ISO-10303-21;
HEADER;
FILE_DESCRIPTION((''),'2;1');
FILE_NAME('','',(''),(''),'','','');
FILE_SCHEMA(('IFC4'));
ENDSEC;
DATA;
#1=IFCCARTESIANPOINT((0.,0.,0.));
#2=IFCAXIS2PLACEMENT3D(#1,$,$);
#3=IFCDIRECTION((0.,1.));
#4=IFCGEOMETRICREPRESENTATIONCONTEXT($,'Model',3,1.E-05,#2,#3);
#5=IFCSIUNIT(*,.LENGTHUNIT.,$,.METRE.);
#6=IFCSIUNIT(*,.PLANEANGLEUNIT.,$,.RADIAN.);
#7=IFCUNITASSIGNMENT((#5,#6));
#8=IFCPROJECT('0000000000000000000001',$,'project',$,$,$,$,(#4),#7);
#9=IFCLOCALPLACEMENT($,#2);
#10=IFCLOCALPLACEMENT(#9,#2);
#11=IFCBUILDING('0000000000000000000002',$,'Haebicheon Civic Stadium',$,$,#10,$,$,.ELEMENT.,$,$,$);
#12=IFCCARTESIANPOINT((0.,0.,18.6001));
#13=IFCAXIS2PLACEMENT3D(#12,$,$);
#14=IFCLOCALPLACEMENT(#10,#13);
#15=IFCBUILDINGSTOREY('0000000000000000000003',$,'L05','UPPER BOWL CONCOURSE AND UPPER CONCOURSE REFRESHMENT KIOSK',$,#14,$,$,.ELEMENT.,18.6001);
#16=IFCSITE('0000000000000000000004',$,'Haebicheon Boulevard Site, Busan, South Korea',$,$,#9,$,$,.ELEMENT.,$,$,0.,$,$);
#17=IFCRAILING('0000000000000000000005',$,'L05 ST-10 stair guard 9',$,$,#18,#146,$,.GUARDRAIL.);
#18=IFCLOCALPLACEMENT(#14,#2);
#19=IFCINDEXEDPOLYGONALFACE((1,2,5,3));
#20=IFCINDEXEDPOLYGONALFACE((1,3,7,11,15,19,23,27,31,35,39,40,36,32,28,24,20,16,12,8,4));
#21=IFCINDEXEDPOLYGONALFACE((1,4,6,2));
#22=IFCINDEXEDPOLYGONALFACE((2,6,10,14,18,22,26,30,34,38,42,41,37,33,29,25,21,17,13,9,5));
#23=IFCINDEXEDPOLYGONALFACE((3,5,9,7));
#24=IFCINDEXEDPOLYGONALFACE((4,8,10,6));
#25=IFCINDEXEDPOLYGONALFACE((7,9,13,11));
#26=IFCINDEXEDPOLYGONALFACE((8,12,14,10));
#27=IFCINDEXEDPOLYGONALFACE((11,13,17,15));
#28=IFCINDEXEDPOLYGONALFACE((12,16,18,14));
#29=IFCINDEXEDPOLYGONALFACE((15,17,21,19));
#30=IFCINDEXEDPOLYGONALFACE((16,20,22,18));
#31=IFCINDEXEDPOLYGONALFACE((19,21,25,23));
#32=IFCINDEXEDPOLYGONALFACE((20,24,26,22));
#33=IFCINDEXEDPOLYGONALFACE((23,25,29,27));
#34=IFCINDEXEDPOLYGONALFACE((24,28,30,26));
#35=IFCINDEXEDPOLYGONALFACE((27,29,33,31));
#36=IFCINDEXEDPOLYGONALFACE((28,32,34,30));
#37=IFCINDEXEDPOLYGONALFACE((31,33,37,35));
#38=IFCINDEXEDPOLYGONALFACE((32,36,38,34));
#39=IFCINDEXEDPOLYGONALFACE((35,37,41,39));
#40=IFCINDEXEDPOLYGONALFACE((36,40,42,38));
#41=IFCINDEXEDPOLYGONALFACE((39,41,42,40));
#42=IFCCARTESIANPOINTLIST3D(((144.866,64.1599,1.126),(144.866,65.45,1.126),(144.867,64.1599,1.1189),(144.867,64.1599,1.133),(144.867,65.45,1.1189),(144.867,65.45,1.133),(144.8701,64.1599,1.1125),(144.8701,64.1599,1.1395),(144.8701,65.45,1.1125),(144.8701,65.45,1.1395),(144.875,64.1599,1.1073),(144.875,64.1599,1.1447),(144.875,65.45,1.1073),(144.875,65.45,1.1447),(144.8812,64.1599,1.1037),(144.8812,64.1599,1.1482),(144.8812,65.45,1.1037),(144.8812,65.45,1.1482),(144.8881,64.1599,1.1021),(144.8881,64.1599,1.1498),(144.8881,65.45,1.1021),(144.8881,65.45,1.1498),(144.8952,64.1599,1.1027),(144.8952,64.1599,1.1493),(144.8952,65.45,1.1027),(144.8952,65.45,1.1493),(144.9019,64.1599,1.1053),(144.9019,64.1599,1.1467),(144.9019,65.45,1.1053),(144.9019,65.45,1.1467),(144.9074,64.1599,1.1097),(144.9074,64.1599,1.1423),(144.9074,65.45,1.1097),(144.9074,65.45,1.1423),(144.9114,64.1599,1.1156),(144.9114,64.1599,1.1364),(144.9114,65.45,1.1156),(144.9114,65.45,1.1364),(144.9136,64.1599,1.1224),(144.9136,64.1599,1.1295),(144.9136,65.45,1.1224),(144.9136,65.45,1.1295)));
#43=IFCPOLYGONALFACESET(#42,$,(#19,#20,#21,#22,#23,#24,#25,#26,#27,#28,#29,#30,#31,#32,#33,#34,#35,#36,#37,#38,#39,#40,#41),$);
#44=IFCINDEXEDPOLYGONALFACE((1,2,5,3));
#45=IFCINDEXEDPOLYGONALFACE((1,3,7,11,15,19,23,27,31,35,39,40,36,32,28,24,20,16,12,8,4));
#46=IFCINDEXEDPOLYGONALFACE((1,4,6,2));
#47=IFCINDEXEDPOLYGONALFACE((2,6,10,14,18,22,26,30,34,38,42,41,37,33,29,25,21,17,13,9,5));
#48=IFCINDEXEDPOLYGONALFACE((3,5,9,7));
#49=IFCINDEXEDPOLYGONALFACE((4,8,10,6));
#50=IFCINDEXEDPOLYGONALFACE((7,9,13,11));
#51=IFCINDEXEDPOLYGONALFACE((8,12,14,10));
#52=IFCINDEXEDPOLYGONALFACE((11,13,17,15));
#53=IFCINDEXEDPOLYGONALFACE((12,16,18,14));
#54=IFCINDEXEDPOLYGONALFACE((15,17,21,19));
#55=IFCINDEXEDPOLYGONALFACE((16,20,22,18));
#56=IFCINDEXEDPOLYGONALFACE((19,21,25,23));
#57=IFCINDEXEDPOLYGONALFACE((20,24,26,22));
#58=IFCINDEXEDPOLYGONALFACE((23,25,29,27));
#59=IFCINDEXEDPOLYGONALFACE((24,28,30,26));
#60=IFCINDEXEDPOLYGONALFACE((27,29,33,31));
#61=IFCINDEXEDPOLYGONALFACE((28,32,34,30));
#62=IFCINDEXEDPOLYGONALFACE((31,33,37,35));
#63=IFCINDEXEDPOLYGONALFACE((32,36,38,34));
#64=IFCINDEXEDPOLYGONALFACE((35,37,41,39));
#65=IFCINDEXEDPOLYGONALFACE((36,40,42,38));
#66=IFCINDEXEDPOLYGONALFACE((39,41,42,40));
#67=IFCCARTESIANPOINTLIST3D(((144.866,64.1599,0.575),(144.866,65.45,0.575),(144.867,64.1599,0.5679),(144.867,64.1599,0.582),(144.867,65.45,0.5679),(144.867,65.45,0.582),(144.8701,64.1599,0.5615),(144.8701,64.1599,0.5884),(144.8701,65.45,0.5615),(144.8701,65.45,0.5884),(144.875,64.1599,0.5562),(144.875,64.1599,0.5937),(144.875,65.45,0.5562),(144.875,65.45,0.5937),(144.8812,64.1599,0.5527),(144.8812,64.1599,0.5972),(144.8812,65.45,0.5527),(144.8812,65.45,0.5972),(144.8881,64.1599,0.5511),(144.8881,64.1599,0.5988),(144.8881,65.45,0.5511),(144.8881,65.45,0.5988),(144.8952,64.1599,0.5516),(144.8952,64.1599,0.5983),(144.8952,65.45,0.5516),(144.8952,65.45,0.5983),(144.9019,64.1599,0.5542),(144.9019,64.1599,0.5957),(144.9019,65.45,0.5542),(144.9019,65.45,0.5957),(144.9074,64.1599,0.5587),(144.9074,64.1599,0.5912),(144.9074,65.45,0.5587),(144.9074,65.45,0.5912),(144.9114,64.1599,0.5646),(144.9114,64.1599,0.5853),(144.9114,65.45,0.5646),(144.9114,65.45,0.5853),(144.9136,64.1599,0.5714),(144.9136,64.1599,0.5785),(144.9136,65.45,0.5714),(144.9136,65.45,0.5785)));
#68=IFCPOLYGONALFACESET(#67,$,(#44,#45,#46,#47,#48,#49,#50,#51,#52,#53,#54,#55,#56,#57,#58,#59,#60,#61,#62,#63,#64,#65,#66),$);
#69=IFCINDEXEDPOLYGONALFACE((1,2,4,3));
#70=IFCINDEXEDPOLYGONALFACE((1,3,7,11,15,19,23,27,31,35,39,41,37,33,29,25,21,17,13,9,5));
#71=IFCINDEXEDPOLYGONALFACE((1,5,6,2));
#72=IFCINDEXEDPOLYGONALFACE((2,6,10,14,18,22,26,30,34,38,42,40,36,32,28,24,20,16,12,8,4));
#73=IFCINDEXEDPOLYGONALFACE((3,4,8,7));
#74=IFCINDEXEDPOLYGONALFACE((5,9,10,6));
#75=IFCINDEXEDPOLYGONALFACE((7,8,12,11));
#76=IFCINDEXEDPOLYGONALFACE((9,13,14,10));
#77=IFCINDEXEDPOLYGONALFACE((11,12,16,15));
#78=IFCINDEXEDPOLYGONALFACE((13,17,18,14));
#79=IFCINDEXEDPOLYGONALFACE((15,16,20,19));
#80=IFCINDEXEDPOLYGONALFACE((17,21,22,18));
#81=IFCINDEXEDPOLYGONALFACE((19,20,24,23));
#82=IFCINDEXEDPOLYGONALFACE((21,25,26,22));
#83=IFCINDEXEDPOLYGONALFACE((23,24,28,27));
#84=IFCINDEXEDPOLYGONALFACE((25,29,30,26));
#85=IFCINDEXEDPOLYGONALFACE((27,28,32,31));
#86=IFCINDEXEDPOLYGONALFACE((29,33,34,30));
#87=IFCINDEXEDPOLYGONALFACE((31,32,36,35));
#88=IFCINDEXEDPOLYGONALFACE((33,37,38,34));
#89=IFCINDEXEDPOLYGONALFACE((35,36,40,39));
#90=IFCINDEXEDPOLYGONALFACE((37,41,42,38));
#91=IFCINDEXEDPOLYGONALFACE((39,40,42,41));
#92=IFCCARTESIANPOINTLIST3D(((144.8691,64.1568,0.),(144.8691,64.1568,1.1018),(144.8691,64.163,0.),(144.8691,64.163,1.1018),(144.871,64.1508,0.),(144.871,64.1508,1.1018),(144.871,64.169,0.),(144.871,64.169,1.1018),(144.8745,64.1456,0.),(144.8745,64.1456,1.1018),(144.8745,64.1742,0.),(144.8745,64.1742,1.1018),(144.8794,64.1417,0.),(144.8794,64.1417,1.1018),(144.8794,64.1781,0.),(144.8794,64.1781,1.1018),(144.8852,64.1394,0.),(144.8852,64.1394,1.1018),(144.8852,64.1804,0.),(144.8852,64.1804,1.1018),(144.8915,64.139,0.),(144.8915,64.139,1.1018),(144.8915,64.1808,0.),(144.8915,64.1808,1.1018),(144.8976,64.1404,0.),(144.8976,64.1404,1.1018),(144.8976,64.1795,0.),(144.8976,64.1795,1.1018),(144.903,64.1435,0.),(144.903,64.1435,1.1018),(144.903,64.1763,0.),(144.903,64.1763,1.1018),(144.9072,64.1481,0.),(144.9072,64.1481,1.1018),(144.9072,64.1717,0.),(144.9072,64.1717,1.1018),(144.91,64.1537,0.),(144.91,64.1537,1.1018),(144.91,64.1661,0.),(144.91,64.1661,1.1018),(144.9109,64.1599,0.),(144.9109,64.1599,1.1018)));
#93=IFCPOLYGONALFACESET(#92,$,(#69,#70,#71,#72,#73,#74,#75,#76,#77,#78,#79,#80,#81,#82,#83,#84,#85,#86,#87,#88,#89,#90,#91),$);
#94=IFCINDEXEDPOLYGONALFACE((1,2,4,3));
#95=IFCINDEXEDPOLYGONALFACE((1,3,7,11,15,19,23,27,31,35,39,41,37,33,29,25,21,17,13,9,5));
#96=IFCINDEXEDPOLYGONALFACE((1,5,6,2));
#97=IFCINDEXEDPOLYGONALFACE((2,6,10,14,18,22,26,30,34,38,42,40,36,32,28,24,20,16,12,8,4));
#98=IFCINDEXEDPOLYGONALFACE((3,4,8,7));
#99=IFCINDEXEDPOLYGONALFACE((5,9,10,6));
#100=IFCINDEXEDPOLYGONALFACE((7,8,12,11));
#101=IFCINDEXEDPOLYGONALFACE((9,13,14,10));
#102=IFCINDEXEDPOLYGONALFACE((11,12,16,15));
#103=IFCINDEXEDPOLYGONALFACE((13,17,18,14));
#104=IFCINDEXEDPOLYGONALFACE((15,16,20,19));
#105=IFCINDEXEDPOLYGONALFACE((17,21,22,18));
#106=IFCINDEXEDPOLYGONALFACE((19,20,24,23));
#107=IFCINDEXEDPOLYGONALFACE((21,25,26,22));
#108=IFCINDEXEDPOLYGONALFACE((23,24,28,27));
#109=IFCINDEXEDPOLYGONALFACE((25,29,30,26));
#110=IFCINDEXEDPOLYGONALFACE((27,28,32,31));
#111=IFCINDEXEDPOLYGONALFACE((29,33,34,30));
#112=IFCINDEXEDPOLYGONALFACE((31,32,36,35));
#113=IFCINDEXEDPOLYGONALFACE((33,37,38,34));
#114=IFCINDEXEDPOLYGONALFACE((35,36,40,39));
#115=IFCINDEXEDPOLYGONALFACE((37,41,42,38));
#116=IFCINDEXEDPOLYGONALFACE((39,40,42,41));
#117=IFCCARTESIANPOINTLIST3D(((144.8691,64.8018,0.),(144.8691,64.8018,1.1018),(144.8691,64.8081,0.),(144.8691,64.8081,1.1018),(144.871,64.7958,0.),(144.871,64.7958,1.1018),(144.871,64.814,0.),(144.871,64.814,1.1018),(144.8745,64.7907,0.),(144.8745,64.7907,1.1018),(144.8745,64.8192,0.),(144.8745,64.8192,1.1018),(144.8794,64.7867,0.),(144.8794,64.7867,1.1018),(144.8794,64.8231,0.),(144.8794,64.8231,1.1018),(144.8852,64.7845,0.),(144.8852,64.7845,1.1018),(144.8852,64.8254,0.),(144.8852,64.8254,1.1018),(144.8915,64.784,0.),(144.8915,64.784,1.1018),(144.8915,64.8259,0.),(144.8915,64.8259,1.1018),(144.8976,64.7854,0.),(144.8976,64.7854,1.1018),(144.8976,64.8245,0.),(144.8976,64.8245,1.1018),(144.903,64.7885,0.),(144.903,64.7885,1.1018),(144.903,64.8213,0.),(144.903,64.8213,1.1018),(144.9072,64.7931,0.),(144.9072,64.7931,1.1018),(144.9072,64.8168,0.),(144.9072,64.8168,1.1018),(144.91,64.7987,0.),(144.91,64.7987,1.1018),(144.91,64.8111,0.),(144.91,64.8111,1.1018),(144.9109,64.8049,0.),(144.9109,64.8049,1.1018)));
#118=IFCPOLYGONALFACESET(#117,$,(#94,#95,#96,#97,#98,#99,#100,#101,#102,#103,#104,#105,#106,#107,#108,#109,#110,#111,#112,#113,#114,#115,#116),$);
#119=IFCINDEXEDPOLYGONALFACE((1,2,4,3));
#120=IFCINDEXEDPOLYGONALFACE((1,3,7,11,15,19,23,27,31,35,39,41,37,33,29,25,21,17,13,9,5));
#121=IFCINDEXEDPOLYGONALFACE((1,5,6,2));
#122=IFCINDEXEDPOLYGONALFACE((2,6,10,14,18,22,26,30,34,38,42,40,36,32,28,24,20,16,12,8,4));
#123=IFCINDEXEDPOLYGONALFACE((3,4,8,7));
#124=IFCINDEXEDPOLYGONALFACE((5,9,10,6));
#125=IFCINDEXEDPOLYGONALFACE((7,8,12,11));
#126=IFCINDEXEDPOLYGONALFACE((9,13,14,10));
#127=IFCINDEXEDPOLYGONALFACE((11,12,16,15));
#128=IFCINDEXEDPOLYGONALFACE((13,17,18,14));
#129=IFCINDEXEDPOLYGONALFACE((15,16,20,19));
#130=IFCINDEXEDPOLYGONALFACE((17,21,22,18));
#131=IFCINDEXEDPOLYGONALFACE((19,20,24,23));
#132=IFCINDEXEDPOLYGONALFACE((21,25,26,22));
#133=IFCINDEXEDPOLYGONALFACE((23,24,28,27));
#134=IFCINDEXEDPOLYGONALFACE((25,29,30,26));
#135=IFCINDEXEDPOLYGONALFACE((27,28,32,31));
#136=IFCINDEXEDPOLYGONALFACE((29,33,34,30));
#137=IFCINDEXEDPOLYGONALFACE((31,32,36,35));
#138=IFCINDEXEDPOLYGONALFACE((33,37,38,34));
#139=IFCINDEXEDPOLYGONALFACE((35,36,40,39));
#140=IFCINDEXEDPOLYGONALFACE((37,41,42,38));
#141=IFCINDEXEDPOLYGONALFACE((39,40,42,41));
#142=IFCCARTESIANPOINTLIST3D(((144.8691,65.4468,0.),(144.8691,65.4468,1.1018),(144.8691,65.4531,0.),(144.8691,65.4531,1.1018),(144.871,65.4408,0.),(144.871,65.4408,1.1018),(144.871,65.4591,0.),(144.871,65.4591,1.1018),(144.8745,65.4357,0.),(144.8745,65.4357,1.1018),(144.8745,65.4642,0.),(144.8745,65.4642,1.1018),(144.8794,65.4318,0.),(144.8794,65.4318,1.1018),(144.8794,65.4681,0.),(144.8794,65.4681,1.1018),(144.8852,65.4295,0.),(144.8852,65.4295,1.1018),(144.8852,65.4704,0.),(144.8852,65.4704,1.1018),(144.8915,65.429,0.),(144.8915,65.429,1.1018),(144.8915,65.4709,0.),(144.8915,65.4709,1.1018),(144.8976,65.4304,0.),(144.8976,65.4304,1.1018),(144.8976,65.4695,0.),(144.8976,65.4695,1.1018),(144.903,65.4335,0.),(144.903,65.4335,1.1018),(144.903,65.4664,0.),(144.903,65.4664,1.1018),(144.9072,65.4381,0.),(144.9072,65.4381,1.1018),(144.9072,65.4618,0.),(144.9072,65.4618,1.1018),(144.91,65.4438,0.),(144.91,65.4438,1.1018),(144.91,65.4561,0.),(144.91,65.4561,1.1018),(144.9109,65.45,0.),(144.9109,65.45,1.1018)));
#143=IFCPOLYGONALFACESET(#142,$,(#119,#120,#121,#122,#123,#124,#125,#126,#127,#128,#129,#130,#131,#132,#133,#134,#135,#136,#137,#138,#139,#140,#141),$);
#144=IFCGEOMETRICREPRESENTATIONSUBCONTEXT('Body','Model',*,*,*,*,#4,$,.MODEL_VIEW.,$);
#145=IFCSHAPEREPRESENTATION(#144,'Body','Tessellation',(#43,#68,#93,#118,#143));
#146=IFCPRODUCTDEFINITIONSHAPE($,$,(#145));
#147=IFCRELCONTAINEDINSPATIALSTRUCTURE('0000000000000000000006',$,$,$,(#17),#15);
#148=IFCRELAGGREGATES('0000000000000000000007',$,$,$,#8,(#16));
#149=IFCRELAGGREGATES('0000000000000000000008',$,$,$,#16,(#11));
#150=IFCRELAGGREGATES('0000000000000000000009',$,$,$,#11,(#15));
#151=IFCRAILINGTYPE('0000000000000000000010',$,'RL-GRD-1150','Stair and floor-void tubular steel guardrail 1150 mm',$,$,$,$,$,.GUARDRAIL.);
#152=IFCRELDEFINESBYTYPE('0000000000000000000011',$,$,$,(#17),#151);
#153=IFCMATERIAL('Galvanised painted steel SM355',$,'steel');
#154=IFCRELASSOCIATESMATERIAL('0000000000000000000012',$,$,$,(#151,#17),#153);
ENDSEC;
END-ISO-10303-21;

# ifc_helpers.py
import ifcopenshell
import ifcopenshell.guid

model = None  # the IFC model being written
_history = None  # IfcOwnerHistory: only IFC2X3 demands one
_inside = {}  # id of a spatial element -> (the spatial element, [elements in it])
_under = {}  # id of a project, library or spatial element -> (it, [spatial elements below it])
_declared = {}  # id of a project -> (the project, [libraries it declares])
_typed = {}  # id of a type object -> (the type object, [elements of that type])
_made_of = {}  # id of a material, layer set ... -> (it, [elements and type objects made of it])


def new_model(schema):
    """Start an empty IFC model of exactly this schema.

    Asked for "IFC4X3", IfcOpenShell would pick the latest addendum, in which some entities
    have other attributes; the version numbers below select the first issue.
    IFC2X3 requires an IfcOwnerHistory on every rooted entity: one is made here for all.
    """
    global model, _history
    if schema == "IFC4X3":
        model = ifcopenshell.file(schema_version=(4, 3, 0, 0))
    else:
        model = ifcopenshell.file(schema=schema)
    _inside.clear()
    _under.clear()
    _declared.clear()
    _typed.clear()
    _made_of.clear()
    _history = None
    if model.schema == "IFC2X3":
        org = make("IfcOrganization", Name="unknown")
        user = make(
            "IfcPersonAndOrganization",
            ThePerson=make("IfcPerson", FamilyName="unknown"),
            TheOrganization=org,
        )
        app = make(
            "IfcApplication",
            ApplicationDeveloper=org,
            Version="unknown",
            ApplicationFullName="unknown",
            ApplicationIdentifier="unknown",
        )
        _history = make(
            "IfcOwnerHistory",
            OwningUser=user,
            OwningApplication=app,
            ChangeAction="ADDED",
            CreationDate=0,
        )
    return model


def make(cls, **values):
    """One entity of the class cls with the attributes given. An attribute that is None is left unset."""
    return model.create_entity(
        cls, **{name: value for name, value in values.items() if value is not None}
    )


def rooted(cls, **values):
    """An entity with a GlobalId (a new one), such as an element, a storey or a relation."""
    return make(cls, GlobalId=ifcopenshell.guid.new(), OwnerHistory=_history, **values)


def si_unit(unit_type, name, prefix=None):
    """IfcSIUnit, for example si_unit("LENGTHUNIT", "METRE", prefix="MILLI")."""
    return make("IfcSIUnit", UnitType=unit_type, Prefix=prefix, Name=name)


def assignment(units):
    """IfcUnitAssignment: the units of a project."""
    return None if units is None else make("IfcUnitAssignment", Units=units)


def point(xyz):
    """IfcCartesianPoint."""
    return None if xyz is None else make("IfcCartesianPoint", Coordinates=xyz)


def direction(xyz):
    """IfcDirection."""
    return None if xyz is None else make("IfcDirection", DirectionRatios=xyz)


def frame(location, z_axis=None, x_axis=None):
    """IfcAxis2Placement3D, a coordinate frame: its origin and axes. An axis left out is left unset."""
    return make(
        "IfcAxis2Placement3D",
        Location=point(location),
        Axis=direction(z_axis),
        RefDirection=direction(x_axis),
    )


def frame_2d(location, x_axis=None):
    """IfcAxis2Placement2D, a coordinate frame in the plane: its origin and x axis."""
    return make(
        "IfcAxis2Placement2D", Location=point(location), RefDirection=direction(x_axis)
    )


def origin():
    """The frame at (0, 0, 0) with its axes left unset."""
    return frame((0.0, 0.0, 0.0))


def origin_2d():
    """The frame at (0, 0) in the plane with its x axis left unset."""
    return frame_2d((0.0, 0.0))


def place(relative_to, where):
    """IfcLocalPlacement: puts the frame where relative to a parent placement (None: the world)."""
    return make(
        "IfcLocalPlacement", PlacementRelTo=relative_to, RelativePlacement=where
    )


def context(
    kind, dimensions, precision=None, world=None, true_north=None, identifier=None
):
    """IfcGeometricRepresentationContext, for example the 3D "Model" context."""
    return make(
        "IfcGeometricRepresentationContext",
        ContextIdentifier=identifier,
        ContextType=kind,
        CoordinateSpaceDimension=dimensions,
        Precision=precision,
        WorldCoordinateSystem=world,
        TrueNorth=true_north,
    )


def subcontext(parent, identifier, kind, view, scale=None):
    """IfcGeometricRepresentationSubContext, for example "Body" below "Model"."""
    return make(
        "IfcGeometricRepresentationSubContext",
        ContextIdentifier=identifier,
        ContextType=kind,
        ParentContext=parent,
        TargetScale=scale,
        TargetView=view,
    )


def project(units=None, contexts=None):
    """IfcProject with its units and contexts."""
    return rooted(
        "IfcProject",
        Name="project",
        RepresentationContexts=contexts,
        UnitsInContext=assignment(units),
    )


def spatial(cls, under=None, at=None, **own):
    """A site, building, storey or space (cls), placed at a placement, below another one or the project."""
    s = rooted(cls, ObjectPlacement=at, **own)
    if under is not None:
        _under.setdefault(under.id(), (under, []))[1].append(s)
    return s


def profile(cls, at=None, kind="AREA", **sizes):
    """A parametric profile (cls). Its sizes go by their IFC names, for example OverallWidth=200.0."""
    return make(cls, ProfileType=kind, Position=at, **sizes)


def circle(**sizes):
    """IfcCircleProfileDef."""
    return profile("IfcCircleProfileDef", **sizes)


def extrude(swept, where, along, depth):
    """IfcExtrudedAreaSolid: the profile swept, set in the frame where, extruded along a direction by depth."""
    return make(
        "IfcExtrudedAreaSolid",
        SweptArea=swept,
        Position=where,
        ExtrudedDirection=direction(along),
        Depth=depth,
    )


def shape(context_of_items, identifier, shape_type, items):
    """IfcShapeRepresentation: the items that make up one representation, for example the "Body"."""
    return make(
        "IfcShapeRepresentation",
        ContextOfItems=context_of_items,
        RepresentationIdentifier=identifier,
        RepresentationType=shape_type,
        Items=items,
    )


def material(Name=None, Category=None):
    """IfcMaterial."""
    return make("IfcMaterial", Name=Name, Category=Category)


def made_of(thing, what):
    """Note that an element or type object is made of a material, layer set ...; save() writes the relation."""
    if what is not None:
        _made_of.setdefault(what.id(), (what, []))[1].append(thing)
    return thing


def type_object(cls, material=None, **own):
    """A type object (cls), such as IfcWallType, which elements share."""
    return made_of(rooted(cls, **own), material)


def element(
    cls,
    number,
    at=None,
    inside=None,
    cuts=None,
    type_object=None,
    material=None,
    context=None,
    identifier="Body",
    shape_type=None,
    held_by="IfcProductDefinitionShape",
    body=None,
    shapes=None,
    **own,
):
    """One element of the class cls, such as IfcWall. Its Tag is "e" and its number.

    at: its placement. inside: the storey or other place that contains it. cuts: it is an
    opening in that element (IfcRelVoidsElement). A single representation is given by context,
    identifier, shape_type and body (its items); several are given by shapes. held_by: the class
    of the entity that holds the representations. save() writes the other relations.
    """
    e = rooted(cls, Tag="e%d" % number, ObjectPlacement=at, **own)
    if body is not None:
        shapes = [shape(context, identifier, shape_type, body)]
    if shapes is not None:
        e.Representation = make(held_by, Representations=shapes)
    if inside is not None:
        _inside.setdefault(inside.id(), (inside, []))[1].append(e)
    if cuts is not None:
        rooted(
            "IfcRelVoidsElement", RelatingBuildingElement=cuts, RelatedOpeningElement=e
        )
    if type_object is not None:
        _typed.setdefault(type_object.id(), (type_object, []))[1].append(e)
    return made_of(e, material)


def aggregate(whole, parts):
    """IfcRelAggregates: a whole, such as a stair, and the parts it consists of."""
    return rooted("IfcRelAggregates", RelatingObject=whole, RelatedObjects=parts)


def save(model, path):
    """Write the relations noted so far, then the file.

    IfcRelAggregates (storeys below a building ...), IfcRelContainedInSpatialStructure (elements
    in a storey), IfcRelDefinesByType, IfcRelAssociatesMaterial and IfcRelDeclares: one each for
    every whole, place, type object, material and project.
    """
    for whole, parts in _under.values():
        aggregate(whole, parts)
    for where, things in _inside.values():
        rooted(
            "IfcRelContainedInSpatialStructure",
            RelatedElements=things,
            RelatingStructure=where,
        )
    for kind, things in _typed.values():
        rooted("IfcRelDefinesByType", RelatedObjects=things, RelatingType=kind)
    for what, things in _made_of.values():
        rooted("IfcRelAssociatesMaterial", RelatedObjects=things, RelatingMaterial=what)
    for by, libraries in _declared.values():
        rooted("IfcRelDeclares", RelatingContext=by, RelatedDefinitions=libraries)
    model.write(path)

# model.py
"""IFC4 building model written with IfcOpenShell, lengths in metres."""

from ifc_helpers import new_model, si_unit, direction, frame, origin, origin_2d, place, context, subcontext, project, spatial, circle, extrude, material, type_object, element, save


model = new_model("IFC4")

# Units and contexts
model_context = context("Model", 3, precision=1e-05, world=origin(), true_north=direction((0.0, 1.0)))
body_context = subcontext(model_context, "Body", "Model", "MODEL_VIEW")
ifc_project = project(units=[si_unit("LENGTHUNIT", "METRE"), si_unit("PLANEANGLEUNIT", "RADIAN")], contexts=[model_context])

# Site, building, storey
site_placement = place(None, origin())
site = spatial("IfcSite", under=ifc_project, at=site_placement, Name="Haebicheon Boulevard Site, Busan, South Korea", CompositionType="ELEMENT", RefElevation=0.0)
building_placement = place(site_placement, origin())
building = spatial("IfcBuilding", under=site, at=building_placement, Name="Haebicheon Civic Stadium", CompositionType="ELEMENT")
storey_placement = place(building_placement, frame((0.0, 0.0, 18.6001)))
storey = spatial("IfcBuildingStorey", under=building, at=storey_placement, Name="L05", Description="UPPER BOWL CONCOURSE AND UPPER CONCOURSE REFRESHMENT KIOSK", CompositionType="ELEMENT", Elevation=18.6001)

# Railing
ifc_material_1 = material(Name="Galvanised painted steel SM355", Category="steel")
railing_type_1 = type_object("IfcRailingType", Name="RL-GRD-1150", Description="Stair and floor-void tubular steel guardrail 1150 mm", PredefinedType="GUARDRAIL", material=ifc_material_1)
for number, where, name in (
    (1, (144.8899, 64.1599, 0.0), "L05 ST-10 stair guard 9"),
):
    element("IfcRailing", number, at=place(storey_placement, frame(where)), inside=storey, type_object=railing_type_1, material=ifc_material_1, Name=name, PredefinedType="GUARDRAIL", context=body_context, shape_type="SweptSolid", body=[
        extrude(circle(Radius=0.0239, at=origin_2d()), frame((0.0, 0.0, 1.126), z_axis=(0.0, 1.0, 0.0), x_axis=(-1.0, 0.0, 0.0)), (0.0, 0.0, 1.0), 1.29),
        extrude(circle(Radius=0.0239, at=origin_2d()), frame((0.0, 0.0, 0.575), z_axis=(0.0, 1.0, 0.0), x_axis=(-1.0, 0.0, 0.0)), (0.0, 0.0, 1.0), 1.29),
        extrude(circle(Radius=0.021, at=origin_2d()), origin(), (0.0, 0.0, 1.0), 1.1018),
        extrude(circle(Radius=0.021, at=origin_2d()), frame((0.0, 0.645, 0.0)), (0.0, 0.0, 1.0), 1.1018),
        extrude(circle(Radius=0.021, at=origin_2d()), frame((0.0, 1.29, 0.0)), (0.0, 0.0, 1.0), 1.1018),
    ])

save(model, "model.ifc")
